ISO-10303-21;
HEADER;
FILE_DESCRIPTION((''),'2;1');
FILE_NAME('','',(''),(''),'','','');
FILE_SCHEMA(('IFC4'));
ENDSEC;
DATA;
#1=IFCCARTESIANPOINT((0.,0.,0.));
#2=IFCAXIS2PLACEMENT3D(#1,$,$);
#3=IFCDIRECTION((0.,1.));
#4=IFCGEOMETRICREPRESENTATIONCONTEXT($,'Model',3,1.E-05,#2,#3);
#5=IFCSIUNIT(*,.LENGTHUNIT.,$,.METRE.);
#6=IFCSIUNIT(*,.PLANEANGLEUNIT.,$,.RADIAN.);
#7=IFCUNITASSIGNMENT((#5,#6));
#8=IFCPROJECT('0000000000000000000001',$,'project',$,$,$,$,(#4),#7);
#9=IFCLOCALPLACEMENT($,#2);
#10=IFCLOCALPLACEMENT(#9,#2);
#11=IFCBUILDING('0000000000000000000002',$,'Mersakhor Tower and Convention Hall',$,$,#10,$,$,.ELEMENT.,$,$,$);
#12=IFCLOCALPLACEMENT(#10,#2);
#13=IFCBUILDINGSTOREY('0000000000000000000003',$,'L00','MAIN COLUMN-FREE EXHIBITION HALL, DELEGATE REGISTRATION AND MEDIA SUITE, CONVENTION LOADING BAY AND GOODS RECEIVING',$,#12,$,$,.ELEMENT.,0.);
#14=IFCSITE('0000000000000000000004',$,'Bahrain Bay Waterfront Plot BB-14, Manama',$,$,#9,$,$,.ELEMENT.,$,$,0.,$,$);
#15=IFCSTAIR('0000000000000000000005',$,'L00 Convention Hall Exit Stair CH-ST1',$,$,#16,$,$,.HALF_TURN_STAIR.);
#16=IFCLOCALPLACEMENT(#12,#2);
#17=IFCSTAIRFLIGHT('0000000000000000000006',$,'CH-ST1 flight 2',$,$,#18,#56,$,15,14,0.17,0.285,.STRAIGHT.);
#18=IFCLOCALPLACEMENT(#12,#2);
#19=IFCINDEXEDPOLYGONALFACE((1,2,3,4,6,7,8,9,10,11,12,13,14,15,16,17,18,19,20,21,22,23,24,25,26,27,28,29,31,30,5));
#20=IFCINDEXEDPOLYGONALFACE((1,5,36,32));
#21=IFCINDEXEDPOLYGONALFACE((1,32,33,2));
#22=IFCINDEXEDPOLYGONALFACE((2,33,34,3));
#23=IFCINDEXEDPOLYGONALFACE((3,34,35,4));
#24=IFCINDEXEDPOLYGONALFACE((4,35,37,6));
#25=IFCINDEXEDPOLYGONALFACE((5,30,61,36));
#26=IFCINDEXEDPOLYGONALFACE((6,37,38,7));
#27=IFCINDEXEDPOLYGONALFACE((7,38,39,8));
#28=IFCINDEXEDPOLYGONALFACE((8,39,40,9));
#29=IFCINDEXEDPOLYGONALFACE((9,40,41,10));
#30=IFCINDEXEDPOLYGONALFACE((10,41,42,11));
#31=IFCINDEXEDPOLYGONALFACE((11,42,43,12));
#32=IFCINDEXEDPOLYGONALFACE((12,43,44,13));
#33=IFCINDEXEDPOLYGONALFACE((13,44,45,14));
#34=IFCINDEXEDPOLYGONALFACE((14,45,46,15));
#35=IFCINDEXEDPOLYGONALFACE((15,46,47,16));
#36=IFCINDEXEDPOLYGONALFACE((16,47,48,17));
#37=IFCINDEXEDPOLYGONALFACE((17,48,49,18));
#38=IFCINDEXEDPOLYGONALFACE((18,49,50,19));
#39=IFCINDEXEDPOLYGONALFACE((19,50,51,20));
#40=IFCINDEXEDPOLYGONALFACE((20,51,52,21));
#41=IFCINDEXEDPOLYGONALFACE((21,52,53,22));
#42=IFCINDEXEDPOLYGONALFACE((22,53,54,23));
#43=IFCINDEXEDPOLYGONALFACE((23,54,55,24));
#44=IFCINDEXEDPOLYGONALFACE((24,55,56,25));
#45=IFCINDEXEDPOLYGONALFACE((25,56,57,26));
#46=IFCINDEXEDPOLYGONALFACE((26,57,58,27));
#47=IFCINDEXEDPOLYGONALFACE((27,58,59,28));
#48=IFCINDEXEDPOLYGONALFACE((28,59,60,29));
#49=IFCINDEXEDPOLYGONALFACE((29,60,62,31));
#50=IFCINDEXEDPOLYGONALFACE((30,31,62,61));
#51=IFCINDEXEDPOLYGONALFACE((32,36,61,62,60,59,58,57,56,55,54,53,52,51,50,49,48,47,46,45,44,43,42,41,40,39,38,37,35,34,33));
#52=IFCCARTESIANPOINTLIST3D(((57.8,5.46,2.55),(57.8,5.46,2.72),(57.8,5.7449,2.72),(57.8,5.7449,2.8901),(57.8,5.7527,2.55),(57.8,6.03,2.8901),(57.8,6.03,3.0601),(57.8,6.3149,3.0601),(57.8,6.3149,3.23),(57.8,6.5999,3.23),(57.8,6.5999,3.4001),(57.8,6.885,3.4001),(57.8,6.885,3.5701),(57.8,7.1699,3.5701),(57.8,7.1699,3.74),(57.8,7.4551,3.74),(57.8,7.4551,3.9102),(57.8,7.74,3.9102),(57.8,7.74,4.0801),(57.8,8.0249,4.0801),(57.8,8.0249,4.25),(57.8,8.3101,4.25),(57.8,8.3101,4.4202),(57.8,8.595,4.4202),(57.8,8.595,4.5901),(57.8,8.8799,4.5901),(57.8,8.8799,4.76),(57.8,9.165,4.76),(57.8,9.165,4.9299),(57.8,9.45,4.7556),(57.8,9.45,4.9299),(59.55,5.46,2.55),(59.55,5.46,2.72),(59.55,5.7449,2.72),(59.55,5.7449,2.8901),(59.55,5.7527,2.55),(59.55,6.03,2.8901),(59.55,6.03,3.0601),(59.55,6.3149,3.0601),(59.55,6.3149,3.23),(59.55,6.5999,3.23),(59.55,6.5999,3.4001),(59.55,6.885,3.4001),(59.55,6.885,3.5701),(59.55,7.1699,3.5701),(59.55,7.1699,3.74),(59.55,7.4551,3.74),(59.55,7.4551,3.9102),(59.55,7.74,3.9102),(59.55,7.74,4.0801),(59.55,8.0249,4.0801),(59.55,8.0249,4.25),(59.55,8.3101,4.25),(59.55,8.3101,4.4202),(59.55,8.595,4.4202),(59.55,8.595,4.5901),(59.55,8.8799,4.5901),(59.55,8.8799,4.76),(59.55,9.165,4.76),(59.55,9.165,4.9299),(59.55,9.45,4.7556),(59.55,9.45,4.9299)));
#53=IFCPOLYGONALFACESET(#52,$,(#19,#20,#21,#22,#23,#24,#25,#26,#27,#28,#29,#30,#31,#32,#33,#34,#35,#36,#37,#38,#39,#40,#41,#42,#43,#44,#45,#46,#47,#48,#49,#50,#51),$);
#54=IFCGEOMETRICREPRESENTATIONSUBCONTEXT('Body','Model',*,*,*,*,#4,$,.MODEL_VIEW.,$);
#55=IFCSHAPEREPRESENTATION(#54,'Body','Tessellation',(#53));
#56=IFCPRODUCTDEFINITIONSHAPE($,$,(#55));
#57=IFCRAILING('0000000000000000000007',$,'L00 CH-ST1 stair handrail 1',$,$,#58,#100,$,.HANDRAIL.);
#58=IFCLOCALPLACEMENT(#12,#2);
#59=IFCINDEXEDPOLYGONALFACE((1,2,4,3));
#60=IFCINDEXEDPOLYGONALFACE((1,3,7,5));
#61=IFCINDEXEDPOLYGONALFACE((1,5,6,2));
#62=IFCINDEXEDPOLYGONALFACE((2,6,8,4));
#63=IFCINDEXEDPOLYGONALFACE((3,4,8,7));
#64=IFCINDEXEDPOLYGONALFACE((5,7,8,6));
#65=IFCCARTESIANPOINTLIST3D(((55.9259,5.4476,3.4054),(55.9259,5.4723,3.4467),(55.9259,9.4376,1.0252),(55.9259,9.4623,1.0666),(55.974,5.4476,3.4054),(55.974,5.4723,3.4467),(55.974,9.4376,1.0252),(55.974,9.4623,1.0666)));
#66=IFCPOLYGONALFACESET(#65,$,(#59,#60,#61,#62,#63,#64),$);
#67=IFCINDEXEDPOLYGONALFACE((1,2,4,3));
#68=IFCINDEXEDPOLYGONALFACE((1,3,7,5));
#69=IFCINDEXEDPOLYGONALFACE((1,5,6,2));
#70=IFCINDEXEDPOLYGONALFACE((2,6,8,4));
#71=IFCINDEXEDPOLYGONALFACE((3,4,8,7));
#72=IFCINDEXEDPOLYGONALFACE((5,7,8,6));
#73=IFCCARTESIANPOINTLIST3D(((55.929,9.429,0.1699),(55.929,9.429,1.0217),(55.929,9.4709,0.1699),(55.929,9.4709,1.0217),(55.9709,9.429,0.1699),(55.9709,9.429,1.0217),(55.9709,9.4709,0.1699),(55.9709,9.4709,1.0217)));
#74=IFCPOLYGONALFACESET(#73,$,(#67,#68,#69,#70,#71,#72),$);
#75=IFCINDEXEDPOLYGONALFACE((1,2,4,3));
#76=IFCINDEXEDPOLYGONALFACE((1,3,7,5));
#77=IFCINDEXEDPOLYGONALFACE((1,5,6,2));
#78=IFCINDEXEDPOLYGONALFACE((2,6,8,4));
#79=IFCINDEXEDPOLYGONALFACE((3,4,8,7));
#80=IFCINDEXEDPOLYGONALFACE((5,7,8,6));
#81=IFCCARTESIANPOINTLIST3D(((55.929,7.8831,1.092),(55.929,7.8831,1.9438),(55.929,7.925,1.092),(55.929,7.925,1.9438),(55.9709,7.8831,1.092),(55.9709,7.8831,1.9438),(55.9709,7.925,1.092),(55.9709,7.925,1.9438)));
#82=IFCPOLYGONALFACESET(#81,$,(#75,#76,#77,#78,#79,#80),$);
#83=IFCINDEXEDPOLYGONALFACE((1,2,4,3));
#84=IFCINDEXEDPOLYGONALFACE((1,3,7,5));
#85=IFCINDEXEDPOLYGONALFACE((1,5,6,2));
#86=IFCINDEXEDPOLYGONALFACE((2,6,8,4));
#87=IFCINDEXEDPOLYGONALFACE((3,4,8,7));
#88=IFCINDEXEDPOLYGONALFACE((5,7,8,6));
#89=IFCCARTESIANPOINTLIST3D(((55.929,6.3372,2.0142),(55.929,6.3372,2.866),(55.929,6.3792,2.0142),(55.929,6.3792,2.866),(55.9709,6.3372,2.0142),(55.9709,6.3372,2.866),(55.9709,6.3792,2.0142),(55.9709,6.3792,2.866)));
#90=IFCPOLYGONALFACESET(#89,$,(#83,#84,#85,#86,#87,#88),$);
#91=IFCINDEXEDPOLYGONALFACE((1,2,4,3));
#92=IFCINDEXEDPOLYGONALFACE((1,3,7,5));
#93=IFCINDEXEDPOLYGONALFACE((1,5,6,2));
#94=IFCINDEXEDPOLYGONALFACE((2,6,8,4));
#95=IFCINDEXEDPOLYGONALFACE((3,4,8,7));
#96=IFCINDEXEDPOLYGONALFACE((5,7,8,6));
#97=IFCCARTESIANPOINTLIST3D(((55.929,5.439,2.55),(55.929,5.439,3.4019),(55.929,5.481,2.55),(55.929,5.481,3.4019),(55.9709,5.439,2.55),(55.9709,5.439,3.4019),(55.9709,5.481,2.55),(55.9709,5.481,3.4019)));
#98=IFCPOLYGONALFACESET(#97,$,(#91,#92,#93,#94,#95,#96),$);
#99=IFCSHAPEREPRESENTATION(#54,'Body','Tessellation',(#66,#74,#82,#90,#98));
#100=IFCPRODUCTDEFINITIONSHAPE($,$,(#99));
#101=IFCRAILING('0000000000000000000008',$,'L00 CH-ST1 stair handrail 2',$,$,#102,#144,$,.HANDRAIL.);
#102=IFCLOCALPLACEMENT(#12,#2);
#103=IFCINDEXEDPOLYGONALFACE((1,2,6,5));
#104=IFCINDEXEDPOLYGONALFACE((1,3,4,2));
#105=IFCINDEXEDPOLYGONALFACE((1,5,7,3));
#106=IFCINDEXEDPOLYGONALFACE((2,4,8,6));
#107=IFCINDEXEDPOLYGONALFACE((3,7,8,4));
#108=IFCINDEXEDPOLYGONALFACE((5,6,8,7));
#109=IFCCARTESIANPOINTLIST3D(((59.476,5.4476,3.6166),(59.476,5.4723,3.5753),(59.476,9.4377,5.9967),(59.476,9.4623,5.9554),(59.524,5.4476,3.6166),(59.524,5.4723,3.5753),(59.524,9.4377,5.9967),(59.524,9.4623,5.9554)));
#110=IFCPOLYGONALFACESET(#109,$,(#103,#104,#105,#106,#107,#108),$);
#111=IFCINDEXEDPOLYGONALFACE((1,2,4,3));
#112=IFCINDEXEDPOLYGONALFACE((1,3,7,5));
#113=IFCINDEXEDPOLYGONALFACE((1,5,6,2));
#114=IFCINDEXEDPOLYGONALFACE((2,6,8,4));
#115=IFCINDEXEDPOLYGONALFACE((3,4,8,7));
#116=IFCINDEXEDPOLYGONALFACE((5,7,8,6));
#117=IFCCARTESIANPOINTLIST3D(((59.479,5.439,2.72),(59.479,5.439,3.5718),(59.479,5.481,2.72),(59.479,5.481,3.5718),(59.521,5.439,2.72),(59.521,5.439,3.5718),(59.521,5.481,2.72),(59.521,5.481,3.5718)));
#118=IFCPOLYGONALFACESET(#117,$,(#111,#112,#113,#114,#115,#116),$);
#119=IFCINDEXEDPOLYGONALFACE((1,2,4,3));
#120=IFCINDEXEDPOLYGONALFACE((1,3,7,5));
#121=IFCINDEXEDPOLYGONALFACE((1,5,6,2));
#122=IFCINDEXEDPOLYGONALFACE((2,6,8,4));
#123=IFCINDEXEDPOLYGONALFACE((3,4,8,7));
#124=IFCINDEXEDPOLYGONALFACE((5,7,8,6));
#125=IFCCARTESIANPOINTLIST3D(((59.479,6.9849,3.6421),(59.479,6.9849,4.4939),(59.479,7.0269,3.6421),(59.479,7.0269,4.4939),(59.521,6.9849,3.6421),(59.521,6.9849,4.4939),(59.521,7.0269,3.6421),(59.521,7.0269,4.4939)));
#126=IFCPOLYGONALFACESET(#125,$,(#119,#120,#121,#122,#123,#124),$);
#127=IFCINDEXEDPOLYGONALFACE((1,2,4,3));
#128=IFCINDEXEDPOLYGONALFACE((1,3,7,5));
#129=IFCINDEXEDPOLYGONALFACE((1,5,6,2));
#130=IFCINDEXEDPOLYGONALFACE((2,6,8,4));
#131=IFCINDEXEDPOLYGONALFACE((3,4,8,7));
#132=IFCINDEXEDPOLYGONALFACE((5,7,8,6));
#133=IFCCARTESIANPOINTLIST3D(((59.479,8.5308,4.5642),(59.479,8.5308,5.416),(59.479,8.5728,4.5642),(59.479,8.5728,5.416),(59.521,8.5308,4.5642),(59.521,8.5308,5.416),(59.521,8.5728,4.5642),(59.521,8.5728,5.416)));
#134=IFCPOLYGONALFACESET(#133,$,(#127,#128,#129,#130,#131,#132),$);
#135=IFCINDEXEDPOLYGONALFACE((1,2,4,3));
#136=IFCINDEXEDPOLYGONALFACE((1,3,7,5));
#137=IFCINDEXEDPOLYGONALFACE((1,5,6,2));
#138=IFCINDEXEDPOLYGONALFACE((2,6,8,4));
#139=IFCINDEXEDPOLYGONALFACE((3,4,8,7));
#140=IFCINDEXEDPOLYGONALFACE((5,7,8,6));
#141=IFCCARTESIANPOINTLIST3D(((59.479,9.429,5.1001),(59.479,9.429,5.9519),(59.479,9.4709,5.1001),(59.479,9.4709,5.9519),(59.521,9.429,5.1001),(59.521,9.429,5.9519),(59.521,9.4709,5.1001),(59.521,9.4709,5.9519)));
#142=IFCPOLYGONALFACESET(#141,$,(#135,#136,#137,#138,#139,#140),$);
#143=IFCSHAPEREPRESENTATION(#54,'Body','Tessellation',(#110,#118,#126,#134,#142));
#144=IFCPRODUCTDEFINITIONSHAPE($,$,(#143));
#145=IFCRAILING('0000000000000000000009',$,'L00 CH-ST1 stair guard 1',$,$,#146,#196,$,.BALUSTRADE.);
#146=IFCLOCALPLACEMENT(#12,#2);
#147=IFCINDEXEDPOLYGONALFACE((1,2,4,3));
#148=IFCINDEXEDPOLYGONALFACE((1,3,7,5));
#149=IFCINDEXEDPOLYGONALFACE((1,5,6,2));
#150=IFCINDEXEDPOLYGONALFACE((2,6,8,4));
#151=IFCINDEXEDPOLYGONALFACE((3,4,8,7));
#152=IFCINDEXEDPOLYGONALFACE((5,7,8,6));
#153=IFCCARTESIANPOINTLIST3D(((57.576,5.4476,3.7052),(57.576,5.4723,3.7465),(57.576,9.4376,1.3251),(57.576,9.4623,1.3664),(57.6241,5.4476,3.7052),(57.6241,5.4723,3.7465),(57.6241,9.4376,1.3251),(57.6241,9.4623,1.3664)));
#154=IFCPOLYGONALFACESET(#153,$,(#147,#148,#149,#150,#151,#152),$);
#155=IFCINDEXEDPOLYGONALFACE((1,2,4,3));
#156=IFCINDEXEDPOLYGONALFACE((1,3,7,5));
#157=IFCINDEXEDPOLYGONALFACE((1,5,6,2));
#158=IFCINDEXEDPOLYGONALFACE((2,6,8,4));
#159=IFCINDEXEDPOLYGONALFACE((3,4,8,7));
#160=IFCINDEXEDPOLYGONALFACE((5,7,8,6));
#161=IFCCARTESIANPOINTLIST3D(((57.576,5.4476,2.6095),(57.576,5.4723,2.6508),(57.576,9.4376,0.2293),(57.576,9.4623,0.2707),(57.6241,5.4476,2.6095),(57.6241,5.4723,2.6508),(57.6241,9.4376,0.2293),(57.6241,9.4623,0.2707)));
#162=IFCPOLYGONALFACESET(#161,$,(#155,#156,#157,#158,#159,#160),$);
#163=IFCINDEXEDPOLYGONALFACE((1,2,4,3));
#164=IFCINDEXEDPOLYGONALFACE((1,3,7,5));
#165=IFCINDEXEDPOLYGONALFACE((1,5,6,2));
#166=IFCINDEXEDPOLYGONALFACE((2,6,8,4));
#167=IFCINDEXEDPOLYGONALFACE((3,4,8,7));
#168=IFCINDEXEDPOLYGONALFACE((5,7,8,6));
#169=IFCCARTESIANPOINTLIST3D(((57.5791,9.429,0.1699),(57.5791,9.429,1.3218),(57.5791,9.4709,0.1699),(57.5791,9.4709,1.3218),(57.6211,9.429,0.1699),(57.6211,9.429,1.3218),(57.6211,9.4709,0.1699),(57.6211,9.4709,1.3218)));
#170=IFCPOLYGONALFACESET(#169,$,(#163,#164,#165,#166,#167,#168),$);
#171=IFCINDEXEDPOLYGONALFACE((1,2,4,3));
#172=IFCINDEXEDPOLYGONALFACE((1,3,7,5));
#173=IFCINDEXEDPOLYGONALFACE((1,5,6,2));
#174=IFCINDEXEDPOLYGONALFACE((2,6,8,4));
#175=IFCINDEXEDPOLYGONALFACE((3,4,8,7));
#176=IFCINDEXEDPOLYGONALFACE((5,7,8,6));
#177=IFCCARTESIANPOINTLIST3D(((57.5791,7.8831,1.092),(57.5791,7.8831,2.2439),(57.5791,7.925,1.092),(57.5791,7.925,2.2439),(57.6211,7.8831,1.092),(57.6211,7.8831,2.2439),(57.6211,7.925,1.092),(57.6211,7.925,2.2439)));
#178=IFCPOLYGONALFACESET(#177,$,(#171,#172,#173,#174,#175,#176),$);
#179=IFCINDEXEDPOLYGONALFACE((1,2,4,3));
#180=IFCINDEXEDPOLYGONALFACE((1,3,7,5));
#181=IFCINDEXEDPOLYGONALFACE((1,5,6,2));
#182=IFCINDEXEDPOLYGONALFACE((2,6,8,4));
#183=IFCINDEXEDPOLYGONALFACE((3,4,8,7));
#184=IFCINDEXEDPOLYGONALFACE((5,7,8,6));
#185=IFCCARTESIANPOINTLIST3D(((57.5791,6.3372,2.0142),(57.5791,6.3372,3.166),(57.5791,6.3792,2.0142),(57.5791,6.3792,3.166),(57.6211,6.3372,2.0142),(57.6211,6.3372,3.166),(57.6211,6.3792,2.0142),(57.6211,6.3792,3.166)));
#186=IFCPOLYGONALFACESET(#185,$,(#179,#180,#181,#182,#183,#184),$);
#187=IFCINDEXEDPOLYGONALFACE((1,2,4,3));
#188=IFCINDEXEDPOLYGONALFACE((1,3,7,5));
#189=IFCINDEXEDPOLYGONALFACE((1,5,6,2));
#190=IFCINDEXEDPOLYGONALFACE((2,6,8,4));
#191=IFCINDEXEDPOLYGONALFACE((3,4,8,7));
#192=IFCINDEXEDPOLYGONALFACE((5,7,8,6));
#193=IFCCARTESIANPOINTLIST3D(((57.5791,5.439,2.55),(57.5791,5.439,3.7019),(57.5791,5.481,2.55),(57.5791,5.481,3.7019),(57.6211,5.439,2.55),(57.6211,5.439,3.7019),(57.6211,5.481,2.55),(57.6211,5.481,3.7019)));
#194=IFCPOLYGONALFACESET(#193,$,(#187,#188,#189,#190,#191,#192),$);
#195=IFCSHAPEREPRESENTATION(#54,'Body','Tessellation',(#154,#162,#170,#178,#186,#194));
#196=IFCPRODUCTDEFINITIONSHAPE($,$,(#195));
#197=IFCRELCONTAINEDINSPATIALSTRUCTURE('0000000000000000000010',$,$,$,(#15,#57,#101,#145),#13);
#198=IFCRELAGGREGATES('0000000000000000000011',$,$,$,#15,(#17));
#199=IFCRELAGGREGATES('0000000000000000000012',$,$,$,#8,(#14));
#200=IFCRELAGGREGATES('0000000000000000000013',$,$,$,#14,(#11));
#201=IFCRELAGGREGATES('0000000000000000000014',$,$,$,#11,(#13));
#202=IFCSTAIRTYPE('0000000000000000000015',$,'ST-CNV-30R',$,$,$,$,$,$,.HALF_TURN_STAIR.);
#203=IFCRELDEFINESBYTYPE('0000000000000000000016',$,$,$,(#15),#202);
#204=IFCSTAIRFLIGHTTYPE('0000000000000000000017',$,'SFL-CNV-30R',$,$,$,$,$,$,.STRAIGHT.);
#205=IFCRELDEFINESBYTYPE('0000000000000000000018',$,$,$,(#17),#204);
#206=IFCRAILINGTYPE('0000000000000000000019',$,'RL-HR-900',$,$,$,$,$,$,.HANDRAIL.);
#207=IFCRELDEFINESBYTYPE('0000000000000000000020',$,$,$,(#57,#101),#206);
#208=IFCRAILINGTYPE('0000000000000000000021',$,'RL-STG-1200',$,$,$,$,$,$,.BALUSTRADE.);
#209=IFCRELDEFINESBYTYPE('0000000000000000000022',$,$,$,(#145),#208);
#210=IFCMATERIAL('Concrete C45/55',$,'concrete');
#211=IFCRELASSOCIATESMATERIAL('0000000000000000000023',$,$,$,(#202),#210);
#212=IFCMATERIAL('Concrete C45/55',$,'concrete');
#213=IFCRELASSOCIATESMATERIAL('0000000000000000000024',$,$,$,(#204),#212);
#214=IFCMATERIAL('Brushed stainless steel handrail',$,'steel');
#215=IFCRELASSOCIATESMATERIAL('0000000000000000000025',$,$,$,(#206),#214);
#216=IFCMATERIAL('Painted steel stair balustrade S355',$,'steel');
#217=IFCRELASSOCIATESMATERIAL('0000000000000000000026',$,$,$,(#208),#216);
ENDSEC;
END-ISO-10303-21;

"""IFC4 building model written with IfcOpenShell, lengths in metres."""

from ifc_helpers import new_model, si_unit, direction, frame, origin, origin_2d, place, context, subcontext, project, spatial, polyline, rectangle, outline, extrude, material, type_object, element, aggregate, save


model = new_model("IFC4")

# Units and contexts
model_context = context("Model", 3, precision=1e-05, world=origin(), true_north=direction((0.0, 1.0)))
body_context = subcontext(model_context, "Body", "Model", "MODEL_VIEW")
ifc_project = project(units=[si_unit("LENGTHUNIT", "METRE"), si_unit("PLANEANGLEUNIT", "RADIAN")], contexts=[model_context])

# Site, building, storey
site_placement = place(None, origin())
site = spatial("IfcSite", under=ifc_project, at=site_placement, Name="Bahrain Bay Waterfront Plot BB-14, Manama", CompositionType="ELEMENT", RefElevation=0.0)
building_placement = place(site_placement, origin())
building = spatial("IfcBuilding", under=site, at=building_placement, Name="Mersakhor Tower and Convention Hall", CompositionType="ELEMENT")
storey_placement = place(building_placement, origin())
storey = spatial("IfcBuildingStorey", under=building, at=storey_placement, Name="L00", Description="MAIN COLUMN-FREE EXHIBITION HALL, DELEGATE REGISTRATION AND MEDIA SUITE, CONVENTION LOADING BAY AND GOODS RECEIVING", CompositionType="ELEMENT", Elevation=0.0)

# Stair, stair flight
ifc_material_1 = material(Name="Concrete C45/55", Category="concrete")
stair_type = type_object("IfcStairType", Name="ST-CNV-30R", PredefinedType="HALF_TURN_STAIR", material=ifc_material_1)
stair_placement = place(storey_placement, origin())
stair = element("IfcStair", 1, at=stair_placement, inside=storey, type_object=stair_type, Name="L00 Convention Hall Exit Stair CH-ST1", PredefinedType="HALF_TURN_STAIR")
ifc_material_2 = material(Name="Concrete C45/55", Category="concrete")
stair_flight_type = type_object("IfcStairFlightType", Name="SFL-CNV-30R", PredefinedType="STRAIGHT", material=ifc_material_2)
stair_flight_1_placement = place(storey_placement, frame((58.675, 5.46, 2.55), z_axis=(0.0, 0.0, 1.0), x_axis=(0.0, 1.0, 0.0)))
stair_flight_1 = element("IfcStairFlight", 2, at=stair_flight_1_placement, type_object=stair_flight_type, Name="CH-ST1 flight 2", NumberOfRisers=15, NumberOfTreads=14, PredefinedType="STRAIGHT", RiserHeight=0.17, TreadLength=0.285, context=body_context, shape_type="SweptSolid", body=[
    extrude(outline(polyline([(0.0, 0.0), (0.0, 0.1699), (0.2849, 0.1699), (0.2849, 0.3401), (0.5701, 0.3401), (0.5701, 0.51), (0.855, 0.51), (0.855, 0.6799), (1.1399, 0.6799), (1.1399, 0.8501), (1.425, 0.8501), (1.425, 1.02), (1.71, 1.02), (1.71, 1.1899), (1.9951, 1.1899), (1.9951, 1.3601), (2.28, 1.3601), (2.28, 1.53), (2.5649, 1.53), (2.5649, 1.7), (2.8501, 1.7), (2.8501, 1.8701), (3.135, 1.8701), (3.135, 2.04), (3.4199, 2.04), (3.4199, 2.21), (3.7051, 2.21), (3.7051, 2.3799), (3.99, 2.3799), (3.99, 2.55), (3.99, 2.2056), (0.2927, 0.0), (0.0, 0.0)])), frame((0.0, 0.875, 0.0), z_axis=(0.0, -1.0, 0.0), x_axis=(1.0, 0.0, 0.0)), (0.0, 0.0, 1.0), 1.75),
])
aggregate(stair, [stair_flight_1])

# Railings
ifc_material_3 = material(Name="Brushed stainless steel handrail", Category="steel")
railing_type_1 = type_object("IfcRailingType", Name="RL-HR-900", PredefinedType="HANDRAIL", material=ifc_material_3)
railing_1_placement = place(storey_placement, frame((55.95, 9.45, 0.1699)))
element("IfcRailing", 3, at=railing_1_placement, inside=storey, type_object=railing_type_1, Name="L00 CH-ST1 stair handrail 1", PredefinedType="HANDRAIL", context=body_context, shape_type="SweptSolid", body=[
    extrude(rectangle(XDim=0.0481, YDim=0.0481, at=origin_2d()), frame((0.0, 0.0, 0.876), z_axis=(0.0, -0.858807, 0.512299), x_axis=(1.0, 0.0, 0.0)), (0.0, 0.0, 1.0), 4.646),
    extrude(rectangle(XDim=0.042, YDim=0.042, at=origin_2d()), origin(), (0.0, 0.0, 1.0), 0.8518),
    extrude(rectangle(XDim=0.042, YDim=0.042, at=origin_2d()), frame((0.0, -1.5459, 0.9221)), (0.0, 0.0, 1.0), 0.8518),
    extrude(rectangle(XDim=0.042, YDim=0.042, at=origin_2d()), frame((0.0, -3.0918, 1.8442)), (0.0, 0.0, 1.0), 0.8518),
    extrude(rectangle(XDim=0.042, YDim=0.042, at=origin_2d()), frame((0.0, -3.99, 2.3801)), (0.0, 0.0, 1.0), 0.8518),
])
railing_2_placement = place(storey_placement, frame((59.5, 5.46, 2.72)))
element("IfcRailing", 4, at=railing_2_placement, inside=storey, type_object=railing_type_1, Name="L00 CH-ST1 stair handrail 2", PredefinedType="HANDRAIL", context=body_context, shape_type="SweptSolid", body=[
    extrude(rectangle(XDim=0.0481, YDim=0.0481, at=origin_2d()), frame((0.0, 0.0, 0.876), z_axis=(0.0, 0.858807, 0.512299), x_axis=(-1.0, 0.0, 0.0)), (0.0, 0.0, 1.0), 4.646),
    extrude(rectangle(XDim=0.042, YDim=0.042, at=origin_2d()), origin(), (0.0, 0.0, 1.0), 0.8518),
    extrude(rectangle(XDim=0.042, YDim=0.042, at=origin_2d()), frame((0.0, 1.5459, 0.9221)), (0.0, 0.0, 1.0), 0.8518),
    extrude(rectangle(XDim=0.042, YDim=0.042, at=origin_2d()), frame((0.0, 3.0918, 1.8442)), (0.0, 0.0, 1.0), 0.8518),
    extrude(rectangle(XDim=0.042, YDim=0.042, at=origin_2d()), frame((0.0, 3.99, 2.3801)), (0.0, 0.0, 1.0), 0.8518),
])
ifc_material_4 = material(Name="Painted steel stair balustrade S355", Category="steel")
railing_type_2 = type_object("IfcRailingType", Name="RL-STG-1200", PredefinedType="BALUSTRADE", material=ifc_material_4)
railing_3_placement = place(storey_placement, frame((57.6001, 9.45, 0.1699)))
element("IfcRailing", 5, at=railing_3_placement, inside=storey, type_object=railing_type_2, Name="L00 CH-ST1 stair guard 1", PredefinedType="BALUSTRADE", context=body_context, shape_type="SweptSolid", body=[
    extrude(rectangle(XDim=0.0481, YDim=0.0481, at=origin_2d()), frame((0.0, 0.0, 1.1758), z_axis=(0.0, -0.858807, 0.512299), x_axis=(1.0, 0.0, 0.0)), (0.0, 0.0, 1.0), 4.646),
    extrude(rectangle(XDim=0.0481, YDim=0.0481, at=origin_2d()), frame((0.0, 0.0, 0.0801), z_axis=(0.0, -0.858807, 0.512299), x_axis=(1.0, 0.0, 0.0)), (0.0, 0.0, 1.0), 4.646),
    extrude(rectangle(XDim=0.042, YDim=0.042, at=origin_2d()), origin(), (0.0, 0.0, 1.0), 1.1519),
    extrude(rectangle(XDim=0.042, YDim=0.042, at=origin_2d()), frame((0.0, -1.5459, 0.9221)), (0.0, 0.0, 1.0), 1.1519),
    extrude(rectangle(XDim=0.042, YDim=0.042, at=origin_2d()), frame((0.0, -3.0918, 1.8442)), (0.0, 0.0, 1.0), 1.1519),
    extrude(rectangle(XDim=0.042, YDim=0.042, at=origin_2d()), frame((0.0, -3.99, 2.3801)), (0.0, 0.0, 1.0), 1.1519),
])

save(model, "model.ifc")
